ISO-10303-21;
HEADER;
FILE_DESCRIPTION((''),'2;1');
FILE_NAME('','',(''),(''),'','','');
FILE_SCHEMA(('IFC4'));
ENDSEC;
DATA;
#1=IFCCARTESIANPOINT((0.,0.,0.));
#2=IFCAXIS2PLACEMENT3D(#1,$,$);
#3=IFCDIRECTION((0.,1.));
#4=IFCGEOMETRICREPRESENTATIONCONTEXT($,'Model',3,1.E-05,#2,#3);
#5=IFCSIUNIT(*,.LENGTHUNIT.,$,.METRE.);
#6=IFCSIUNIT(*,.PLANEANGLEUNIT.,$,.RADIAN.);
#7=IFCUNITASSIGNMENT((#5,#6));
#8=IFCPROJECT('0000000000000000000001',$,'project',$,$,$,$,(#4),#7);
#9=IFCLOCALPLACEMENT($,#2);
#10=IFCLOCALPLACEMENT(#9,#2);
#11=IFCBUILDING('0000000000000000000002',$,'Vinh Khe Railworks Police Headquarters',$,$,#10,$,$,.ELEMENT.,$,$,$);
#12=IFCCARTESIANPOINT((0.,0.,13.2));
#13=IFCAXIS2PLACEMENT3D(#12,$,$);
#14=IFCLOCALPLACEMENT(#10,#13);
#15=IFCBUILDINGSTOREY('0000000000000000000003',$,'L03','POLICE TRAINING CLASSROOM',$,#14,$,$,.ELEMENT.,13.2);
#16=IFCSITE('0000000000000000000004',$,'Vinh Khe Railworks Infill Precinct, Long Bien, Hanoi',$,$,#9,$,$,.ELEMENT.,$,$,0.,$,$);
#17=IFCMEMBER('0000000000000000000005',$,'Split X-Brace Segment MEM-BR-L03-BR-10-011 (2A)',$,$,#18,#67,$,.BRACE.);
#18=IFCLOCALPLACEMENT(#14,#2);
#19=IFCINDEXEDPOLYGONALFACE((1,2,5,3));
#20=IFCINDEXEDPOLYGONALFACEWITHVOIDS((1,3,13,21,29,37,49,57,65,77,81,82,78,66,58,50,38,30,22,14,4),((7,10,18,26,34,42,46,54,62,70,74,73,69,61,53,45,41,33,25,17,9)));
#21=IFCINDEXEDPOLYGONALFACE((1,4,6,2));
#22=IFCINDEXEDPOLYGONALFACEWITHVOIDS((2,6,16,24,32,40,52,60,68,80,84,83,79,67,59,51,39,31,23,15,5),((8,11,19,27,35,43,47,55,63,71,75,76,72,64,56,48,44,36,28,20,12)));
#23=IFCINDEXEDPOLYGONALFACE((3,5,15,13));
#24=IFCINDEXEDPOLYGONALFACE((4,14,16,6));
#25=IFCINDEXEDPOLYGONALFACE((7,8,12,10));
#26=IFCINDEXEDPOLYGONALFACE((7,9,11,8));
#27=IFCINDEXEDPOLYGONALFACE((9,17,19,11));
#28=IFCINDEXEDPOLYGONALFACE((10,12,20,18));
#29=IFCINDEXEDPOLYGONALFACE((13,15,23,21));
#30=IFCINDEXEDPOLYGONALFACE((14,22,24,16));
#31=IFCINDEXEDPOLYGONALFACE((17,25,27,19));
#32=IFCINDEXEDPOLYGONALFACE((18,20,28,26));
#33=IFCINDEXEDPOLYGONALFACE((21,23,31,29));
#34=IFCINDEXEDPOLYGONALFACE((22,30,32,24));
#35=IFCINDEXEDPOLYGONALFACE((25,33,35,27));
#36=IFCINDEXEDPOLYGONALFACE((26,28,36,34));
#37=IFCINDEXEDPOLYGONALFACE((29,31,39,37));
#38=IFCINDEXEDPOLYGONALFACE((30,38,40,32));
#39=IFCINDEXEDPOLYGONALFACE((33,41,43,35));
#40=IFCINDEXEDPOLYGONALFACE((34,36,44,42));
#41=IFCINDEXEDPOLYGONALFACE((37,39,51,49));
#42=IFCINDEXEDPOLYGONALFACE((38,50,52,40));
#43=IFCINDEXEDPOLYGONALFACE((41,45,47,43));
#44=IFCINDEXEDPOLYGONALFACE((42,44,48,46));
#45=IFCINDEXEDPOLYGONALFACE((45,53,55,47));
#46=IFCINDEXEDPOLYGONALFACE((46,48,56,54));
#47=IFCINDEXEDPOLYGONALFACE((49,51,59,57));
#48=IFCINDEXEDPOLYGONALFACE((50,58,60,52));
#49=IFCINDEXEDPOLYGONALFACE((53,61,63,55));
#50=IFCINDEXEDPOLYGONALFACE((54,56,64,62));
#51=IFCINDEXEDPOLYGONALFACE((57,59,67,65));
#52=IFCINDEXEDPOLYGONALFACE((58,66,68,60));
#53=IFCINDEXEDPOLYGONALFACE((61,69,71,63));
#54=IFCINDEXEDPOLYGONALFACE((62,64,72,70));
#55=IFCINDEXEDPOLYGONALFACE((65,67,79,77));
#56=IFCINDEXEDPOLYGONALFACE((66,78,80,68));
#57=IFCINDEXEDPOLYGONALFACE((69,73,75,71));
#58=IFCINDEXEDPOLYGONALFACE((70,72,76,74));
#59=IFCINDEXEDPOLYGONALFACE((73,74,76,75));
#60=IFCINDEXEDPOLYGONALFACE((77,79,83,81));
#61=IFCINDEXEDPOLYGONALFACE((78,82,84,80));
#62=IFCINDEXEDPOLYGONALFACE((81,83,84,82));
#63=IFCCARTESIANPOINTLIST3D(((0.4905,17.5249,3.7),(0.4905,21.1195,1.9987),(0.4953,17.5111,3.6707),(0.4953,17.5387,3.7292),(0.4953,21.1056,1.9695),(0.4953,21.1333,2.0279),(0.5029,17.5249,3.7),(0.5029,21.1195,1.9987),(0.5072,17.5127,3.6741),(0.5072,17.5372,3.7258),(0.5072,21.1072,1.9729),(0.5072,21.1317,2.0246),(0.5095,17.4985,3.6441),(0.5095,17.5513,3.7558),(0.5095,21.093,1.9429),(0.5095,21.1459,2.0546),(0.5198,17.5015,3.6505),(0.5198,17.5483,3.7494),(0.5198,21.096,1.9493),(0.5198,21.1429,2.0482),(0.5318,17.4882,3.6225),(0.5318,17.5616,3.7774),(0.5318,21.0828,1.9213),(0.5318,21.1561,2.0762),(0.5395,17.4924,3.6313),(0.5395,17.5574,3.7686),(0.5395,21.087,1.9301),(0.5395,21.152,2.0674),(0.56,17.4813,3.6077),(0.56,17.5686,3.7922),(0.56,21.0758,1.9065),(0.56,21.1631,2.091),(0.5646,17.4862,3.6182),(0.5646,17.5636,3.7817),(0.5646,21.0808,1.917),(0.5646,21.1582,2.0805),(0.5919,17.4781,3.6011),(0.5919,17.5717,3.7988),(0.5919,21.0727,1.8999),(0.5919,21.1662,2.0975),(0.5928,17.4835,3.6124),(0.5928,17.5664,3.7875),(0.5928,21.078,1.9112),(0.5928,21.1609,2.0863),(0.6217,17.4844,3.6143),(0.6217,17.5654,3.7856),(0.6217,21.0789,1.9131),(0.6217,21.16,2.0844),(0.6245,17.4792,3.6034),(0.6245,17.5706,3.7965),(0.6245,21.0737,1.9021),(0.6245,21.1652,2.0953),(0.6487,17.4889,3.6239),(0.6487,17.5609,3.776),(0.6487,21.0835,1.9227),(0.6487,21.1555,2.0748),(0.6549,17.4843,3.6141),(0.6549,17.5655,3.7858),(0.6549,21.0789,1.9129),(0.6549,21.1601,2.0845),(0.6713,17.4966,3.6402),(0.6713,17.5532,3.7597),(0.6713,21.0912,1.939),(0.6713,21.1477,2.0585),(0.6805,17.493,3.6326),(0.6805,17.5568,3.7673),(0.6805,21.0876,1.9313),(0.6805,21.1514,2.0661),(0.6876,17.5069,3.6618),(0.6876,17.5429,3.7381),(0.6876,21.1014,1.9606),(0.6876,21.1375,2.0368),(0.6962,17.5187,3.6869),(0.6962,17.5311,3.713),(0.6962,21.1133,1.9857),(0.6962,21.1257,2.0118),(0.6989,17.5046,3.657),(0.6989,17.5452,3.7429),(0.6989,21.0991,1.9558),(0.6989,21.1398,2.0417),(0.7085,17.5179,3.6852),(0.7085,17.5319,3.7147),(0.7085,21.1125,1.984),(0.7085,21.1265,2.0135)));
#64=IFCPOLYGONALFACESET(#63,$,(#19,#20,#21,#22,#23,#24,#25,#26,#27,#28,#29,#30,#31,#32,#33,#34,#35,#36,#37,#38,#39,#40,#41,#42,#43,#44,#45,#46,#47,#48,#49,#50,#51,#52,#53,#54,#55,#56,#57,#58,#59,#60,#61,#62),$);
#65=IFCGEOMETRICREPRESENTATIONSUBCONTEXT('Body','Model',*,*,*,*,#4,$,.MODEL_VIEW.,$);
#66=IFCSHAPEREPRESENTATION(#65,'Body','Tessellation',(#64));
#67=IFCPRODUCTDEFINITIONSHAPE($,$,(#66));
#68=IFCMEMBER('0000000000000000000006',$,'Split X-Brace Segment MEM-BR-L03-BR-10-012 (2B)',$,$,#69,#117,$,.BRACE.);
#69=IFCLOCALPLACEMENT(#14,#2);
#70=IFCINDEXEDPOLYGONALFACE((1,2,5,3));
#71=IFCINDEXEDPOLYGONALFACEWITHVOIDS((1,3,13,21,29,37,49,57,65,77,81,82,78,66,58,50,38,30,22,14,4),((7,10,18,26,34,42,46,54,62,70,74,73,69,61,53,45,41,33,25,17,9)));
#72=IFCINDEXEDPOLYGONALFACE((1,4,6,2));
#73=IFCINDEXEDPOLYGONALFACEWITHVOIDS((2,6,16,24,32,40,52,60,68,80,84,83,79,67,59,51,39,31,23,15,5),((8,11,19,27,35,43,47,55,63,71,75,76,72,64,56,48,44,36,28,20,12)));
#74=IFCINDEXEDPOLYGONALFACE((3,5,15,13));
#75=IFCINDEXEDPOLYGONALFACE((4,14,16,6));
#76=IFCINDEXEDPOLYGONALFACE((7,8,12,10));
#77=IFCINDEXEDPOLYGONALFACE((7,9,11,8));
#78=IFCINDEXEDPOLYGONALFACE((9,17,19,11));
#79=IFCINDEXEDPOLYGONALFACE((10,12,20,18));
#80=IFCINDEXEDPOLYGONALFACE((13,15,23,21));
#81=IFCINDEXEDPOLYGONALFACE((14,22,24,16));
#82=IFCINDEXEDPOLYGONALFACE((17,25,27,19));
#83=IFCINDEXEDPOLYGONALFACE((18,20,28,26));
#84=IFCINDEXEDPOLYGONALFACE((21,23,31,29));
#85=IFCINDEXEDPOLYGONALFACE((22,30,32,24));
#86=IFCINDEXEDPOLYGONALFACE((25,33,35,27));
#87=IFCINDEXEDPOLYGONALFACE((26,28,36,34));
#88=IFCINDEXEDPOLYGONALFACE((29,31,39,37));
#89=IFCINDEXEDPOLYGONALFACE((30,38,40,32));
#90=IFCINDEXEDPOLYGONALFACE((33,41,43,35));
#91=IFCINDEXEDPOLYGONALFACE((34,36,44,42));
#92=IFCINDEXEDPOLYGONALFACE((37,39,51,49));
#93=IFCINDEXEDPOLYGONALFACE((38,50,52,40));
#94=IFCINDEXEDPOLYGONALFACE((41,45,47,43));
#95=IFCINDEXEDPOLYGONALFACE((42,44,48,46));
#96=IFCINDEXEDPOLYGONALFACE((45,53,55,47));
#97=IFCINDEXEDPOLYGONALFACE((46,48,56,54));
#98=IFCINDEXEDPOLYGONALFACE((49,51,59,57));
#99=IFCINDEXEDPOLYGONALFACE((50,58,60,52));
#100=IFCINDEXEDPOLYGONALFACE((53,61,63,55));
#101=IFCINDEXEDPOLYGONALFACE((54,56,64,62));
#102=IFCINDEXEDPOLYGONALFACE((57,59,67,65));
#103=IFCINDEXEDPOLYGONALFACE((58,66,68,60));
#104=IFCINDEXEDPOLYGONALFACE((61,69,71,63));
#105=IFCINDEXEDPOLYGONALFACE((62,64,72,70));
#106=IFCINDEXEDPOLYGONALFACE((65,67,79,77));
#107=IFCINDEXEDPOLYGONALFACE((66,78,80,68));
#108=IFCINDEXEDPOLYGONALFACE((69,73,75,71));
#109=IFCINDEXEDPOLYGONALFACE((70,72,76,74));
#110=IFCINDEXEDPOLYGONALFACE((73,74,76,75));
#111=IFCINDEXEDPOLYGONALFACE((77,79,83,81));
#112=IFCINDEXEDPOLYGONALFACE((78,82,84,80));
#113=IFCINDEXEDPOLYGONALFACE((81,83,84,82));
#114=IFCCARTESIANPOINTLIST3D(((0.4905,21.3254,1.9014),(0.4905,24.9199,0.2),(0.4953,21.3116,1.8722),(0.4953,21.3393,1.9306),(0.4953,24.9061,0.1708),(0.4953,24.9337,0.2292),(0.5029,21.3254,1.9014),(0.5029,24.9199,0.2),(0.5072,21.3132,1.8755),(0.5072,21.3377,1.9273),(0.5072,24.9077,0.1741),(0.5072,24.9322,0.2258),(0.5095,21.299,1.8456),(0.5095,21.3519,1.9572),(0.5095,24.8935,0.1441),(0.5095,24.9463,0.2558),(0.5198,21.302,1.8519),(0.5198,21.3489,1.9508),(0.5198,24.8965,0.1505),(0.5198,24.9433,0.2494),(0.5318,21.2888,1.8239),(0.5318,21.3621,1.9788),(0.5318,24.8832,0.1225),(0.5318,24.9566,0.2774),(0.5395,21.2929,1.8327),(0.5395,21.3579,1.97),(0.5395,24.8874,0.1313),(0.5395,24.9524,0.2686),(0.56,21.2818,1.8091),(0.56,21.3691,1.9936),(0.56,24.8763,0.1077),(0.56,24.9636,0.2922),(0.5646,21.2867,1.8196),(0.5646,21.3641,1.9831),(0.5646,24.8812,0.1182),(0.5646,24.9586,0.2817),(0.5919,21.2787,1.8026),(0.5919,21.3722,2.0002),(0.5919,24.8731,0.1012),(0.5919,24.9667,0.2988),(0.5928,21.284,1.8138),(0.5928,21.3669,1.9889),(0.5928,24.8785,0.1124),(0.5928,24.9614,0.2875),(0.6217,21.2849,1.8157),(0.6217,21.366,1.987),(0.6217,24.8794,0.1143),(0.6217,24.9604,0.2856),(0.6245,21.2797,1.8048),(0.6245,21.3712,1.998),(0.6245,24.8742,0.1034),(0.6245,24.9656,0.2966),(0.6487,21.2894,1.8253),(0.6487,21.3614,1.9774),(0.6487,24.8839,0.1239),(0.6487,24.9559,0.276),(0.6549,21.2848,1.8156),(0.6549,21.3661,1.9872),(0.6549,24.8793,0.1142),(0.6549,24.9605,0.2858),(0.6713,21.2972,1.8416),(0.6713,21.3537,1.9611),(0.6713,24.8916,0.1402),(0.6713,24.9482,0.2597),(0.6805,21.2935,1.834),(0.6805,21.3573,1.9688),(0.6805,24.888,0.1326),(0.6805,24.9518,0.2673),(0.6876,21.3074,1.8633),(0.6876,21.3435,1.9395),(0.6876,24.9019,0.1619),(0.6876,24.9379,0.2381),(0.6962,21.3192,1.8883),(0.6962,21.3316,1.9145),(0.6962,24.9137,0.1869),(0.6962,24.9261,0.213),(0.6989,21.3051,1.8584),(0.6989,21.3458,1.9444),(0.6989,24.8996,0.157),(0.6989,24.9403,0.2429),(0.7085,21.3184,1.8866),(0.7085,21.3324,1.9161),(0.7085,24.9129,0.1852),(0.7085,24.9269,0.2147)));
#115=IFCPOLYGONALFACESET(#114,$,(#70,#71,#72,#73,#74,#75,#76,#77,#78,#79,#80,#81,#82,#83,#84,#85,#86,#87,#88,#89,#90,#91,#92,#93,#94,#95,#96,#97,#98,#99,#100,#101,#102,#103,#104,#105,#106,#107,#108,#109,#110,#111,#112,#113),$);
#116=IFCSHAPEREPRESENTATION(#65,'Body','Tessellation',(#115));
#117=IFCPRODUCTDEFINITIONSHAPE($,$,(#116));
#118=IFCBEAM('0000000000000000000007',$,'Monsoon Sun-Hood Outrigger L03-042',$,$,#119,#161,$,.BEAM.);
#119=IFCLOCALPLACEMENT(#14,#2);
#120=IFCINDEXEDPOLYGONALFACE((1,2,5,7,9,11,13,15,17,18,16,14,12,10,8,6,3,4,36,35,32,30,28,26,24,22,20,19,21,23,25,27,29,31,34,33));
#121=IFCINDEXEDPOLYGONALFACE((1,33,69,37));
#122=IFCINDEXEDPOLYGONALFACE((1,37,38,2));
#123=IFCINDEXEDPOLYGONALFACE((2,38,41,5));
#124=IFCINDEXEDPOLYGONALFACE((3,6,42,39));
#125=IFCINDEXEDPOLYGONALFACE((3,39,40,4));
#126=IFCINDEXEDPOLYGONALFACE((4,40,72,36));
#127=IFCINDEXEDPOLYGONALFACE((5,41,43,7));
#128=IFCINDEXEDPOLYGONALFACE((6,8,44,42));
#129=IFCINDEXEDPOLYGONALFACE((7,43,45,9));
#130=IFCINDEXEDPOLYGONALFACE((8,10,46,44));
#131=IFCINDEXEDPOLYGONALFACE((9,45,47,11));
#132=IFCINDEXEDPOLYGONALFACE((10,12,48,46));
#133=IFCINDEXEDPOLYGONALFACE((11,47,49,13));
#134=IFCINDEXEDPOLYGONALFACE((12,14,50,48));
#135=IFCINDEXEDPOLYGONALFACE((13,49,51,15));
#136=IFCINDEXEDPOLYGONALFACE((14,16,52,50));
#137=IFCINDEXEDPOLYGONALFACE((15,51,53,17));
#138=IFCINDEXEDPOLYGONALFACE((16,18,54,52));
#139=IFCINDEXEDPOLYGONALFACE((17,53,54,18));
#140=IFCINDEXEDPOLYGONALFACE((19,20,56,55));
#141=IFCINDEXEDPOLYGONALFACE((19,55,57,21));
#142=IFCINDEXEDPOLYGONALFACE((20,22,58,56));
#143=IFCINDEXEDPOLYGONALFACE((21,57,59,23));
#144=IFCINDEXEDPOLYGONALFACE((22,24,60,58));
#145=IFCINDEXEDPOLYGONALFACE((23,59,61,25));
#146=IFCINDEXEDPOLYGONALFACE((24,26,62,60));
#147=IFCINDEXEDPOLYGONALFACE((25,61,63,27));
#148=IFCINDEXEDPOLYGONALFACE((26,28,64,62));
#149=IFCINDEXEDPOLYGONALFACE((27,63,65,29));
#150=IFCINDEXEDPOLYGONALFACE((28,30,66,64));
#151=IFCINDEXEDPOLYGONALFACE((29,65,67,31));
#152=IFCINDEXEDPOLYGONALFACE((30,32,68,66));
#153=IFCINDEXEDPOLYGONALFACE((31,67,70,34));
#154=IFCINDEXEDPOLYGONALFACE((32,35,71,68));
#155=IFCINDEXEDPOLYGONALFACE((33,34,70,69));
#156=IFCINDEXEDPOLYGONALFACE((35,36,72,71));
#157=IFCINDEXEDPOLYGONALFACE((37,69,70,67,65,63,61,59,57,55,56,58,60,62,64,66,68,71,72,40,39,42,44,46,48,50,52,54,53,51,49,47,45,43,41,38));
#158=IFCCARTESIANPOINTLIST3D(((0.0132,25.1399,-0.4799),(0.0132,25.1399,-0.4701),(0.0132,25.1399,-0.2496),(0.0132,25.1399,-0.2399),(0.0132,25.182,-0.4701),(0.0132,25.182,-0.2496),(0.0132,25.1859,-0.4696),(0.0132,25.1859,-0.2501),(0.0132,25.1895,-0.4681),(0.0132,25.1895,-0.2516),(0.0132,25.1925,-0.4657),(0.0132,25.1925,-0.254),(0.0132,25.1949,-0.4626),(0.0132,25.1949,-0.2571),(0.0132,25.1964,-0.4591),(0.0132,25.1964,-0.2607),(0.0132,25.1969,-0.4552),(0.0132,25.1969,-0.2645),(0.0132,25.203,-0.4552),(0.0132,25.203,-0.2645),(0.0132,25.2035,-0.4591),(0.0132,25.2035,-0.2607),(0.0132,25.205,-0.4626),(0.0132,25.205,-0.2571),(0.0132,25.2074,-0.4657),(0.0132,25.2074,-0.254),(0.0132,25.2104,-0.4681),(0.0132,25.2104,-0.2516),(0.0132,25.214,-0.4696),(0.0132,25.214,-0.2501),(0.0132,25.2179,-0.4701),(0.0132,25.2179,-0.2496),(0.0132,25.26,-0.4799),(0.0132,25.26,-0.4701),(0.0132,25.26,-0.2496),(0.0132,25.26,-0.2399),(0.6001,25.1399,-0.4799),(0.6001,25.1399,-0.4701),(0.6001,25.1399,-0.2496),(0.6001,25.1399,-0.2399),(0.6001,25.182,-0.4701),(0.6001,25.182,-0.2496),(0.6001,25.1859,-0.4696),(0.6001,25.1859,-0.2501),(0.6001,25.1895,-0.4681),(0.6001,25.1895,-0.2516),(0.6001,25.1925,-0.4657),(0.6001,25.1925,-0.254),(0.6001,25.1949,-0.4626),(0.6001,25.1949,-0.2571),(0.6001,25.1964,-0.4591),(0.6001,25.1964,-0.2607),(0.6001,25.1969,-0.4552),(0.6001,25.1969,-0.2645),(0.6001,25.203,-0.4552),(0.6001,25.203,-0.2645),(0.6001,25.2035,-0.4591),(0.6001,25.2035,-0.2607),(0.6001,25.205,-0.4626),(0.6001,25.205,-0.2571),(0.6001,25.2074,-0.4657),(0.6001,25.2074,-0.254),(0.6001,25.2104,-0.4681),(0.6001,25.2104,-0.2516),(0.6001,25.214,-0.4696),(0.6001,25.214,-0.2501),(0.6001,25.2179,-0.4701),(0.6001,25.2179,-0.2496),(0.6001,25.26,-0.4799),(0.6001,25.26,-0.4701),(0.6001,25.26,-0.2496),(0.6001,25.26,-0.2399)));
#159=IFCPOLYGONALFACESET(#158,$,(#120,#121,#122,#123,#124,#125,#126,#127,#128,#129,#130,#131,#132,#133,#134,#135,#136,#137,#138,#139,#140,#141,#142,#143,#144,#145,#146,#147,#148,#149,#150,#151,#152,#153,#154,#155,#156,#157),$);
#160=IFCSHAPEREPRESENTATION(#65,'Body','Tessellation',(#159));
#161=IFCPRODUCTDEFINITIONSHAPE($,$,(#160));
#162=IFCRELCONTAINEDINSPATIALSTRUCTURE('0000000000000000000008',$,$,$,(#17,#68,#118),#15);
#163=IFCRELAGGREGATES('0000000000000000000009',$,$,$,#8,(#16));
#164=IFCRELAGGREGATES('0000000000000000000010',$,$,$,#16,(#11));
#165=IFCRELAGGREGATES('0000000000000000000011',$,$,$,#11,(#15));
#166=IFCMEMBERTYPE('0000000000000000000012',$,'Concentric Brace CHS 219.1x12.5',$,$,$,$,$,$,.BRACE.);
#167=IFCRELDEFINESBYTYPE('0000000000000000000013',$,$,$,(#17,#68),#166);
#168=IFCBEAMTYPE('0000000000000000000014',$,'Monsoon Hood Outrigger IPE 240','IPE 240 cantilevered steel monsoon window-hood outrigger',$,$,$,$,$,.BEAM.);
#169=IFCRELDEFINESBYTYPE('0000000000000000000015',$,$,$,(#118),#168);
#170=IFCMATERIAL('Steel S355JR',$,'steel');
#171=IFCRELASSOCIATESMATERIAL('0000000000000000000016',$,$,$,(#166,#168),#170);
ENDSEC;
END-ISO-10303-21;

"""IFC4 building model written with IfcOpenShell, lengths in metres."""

from ifc_helpers import new_model, si_unit, direction, frame, origin, origin_2d, place, context, subcontext, project, spatial, hollow_circle, i_section, extrude, material, material_profile, profile_set, type_object, element, save


model = new_model("IFC4")

# Units and contexts
model_context = context("Model", 3, precision=1e-05, world=origin(), true_north=direction((0.0, 1.0)))
body_context = subcontext(model_context, "Body", "Model", "MODEL_VIEW")
ifc_project = project(units=[si_unit("LENGTHUNIT", "METRE"), si_unit("PLANEANGLEUNIT", "RADIAN")], contexts=[model_context])

# Site, building, storey
site_placement = place(None, origin())
site = spatial("IfcSite", under=ifc_project, at=site_placement, Name="Vinh Khe Railworks Infill Precinct, Long Bien, Hanoi", CompositionType="ELEMENT", RefElevation=0.0)
building_placement = place(site_placement, origin())
building = spatial("IfcBuilding", under=site, at=building_placement, Name="Vinh Khe Railworks Police Headquarters", CompositionType="ELEMENT")
storey_placement = place(building_placement, frame((0.0, 0.0, 13.2)))
storey = spatial("IfcBuildingStorey", under=building, at=storey_placement, Name="L03", Description="POLICE TRAINING CLASSROOM", CompositionType="ELEMENT", Elevation=13.2)

# Shared definitions
ifc_material_1 = material(Name="Steel S355JR", Category="steel")

# Members
ifc_material_profile_1 = material_profile(ifc_material_1, hollow_circle(Radius=0.1096, WallThickness=0.0125, at=origin_2d()), Name="CHS 219.1x12.5")
ifc_profile_set_1 = profile_set([ifc_material_profile_1], Name="Steel S355JR")
member_type = type_object("IfcMemberType", Name="Concentric Brace CHS 219.1x12.5", PredefinedType="BRACE", material=ifc_profile_set_1)
for number, where, z_axis, x_axis, name in (
    (1, (0.6001, 17.5249, 3.7), (0.0, 0.903882, -0.427783), (-1.0, 0.0, 0.0), "Split X-Brace Segment MEM-BR-L03-BR-10-011 (2A)"),
    (2, (0.6001, 21.3254, 1.9014), (0.0, 0.903858, -0.427833), (-1.0, 0.0, 0.0), "Split X-Brace Segment MEM-BR-L03-BR-10-012 (2B)"),
):
    element("IfcMember", number, at=place(storey_placement, frame(where, z_axis=z_axis, x_axis=x_axis)), inside=storey, type_object=member_type, Name=name, PredefinedType="BRACE", context=body_context, shape_type="SweptSolid", body=[
        extrude(hollow_circle(Radius=0.1096, WallThickness=0.0125, at=origin_2d()), origin(), (0.0, 0.0, 1.0), 3.9768),
    ])

# Beam
ifc_material_profile_2 = material_profile(ifc_material_1, i_section(OverallWidth=0.1201, OverallDepth=0.24, WebThickness=0.0061, FlangeThickness=0.0098, FilletRadius=0.0149, at=origin_2d()), Name="IPE 240")
ifc_profile_set_2 = profile_set([ifc_material_profile_2], Name="Steel S355JR")
beam_type_1 = type_object("IfcBeamType", Name="Monsoon Hood Outrigger IPE 240", Description="IPE 240 cantilevered steel monsoon window-hood outrigger", PredefinedType="BEAM", material=ifc_profile_set_2)
beam_1_placement = place(storey_placement, frame((0.0132, 25.2, -0.3599), z_axis=(1.0, 0.0, 0.0), x_axis=(0.0, 1.0, 0.0)))
element("IfcBeam", 3, at=beam_1_placement, inside=storey, type_object=beam_type_1, Name="Monsoon Sun-Hood Outrigger L03-042", PredefinedType="BEAM", context=body_context, shape_type="SweptSolid", body=[
    extrude(i_section(OverallWidth=0.1201, OverallDepth=0.24, WebThickness=0.0061, FlangeThickness=0.0098, FilletRadius=0.0149, at=origin_2d()), origin(), (0.0, 0.0, 1.0), 0.5869),
])

save(model, "model.ifc")
